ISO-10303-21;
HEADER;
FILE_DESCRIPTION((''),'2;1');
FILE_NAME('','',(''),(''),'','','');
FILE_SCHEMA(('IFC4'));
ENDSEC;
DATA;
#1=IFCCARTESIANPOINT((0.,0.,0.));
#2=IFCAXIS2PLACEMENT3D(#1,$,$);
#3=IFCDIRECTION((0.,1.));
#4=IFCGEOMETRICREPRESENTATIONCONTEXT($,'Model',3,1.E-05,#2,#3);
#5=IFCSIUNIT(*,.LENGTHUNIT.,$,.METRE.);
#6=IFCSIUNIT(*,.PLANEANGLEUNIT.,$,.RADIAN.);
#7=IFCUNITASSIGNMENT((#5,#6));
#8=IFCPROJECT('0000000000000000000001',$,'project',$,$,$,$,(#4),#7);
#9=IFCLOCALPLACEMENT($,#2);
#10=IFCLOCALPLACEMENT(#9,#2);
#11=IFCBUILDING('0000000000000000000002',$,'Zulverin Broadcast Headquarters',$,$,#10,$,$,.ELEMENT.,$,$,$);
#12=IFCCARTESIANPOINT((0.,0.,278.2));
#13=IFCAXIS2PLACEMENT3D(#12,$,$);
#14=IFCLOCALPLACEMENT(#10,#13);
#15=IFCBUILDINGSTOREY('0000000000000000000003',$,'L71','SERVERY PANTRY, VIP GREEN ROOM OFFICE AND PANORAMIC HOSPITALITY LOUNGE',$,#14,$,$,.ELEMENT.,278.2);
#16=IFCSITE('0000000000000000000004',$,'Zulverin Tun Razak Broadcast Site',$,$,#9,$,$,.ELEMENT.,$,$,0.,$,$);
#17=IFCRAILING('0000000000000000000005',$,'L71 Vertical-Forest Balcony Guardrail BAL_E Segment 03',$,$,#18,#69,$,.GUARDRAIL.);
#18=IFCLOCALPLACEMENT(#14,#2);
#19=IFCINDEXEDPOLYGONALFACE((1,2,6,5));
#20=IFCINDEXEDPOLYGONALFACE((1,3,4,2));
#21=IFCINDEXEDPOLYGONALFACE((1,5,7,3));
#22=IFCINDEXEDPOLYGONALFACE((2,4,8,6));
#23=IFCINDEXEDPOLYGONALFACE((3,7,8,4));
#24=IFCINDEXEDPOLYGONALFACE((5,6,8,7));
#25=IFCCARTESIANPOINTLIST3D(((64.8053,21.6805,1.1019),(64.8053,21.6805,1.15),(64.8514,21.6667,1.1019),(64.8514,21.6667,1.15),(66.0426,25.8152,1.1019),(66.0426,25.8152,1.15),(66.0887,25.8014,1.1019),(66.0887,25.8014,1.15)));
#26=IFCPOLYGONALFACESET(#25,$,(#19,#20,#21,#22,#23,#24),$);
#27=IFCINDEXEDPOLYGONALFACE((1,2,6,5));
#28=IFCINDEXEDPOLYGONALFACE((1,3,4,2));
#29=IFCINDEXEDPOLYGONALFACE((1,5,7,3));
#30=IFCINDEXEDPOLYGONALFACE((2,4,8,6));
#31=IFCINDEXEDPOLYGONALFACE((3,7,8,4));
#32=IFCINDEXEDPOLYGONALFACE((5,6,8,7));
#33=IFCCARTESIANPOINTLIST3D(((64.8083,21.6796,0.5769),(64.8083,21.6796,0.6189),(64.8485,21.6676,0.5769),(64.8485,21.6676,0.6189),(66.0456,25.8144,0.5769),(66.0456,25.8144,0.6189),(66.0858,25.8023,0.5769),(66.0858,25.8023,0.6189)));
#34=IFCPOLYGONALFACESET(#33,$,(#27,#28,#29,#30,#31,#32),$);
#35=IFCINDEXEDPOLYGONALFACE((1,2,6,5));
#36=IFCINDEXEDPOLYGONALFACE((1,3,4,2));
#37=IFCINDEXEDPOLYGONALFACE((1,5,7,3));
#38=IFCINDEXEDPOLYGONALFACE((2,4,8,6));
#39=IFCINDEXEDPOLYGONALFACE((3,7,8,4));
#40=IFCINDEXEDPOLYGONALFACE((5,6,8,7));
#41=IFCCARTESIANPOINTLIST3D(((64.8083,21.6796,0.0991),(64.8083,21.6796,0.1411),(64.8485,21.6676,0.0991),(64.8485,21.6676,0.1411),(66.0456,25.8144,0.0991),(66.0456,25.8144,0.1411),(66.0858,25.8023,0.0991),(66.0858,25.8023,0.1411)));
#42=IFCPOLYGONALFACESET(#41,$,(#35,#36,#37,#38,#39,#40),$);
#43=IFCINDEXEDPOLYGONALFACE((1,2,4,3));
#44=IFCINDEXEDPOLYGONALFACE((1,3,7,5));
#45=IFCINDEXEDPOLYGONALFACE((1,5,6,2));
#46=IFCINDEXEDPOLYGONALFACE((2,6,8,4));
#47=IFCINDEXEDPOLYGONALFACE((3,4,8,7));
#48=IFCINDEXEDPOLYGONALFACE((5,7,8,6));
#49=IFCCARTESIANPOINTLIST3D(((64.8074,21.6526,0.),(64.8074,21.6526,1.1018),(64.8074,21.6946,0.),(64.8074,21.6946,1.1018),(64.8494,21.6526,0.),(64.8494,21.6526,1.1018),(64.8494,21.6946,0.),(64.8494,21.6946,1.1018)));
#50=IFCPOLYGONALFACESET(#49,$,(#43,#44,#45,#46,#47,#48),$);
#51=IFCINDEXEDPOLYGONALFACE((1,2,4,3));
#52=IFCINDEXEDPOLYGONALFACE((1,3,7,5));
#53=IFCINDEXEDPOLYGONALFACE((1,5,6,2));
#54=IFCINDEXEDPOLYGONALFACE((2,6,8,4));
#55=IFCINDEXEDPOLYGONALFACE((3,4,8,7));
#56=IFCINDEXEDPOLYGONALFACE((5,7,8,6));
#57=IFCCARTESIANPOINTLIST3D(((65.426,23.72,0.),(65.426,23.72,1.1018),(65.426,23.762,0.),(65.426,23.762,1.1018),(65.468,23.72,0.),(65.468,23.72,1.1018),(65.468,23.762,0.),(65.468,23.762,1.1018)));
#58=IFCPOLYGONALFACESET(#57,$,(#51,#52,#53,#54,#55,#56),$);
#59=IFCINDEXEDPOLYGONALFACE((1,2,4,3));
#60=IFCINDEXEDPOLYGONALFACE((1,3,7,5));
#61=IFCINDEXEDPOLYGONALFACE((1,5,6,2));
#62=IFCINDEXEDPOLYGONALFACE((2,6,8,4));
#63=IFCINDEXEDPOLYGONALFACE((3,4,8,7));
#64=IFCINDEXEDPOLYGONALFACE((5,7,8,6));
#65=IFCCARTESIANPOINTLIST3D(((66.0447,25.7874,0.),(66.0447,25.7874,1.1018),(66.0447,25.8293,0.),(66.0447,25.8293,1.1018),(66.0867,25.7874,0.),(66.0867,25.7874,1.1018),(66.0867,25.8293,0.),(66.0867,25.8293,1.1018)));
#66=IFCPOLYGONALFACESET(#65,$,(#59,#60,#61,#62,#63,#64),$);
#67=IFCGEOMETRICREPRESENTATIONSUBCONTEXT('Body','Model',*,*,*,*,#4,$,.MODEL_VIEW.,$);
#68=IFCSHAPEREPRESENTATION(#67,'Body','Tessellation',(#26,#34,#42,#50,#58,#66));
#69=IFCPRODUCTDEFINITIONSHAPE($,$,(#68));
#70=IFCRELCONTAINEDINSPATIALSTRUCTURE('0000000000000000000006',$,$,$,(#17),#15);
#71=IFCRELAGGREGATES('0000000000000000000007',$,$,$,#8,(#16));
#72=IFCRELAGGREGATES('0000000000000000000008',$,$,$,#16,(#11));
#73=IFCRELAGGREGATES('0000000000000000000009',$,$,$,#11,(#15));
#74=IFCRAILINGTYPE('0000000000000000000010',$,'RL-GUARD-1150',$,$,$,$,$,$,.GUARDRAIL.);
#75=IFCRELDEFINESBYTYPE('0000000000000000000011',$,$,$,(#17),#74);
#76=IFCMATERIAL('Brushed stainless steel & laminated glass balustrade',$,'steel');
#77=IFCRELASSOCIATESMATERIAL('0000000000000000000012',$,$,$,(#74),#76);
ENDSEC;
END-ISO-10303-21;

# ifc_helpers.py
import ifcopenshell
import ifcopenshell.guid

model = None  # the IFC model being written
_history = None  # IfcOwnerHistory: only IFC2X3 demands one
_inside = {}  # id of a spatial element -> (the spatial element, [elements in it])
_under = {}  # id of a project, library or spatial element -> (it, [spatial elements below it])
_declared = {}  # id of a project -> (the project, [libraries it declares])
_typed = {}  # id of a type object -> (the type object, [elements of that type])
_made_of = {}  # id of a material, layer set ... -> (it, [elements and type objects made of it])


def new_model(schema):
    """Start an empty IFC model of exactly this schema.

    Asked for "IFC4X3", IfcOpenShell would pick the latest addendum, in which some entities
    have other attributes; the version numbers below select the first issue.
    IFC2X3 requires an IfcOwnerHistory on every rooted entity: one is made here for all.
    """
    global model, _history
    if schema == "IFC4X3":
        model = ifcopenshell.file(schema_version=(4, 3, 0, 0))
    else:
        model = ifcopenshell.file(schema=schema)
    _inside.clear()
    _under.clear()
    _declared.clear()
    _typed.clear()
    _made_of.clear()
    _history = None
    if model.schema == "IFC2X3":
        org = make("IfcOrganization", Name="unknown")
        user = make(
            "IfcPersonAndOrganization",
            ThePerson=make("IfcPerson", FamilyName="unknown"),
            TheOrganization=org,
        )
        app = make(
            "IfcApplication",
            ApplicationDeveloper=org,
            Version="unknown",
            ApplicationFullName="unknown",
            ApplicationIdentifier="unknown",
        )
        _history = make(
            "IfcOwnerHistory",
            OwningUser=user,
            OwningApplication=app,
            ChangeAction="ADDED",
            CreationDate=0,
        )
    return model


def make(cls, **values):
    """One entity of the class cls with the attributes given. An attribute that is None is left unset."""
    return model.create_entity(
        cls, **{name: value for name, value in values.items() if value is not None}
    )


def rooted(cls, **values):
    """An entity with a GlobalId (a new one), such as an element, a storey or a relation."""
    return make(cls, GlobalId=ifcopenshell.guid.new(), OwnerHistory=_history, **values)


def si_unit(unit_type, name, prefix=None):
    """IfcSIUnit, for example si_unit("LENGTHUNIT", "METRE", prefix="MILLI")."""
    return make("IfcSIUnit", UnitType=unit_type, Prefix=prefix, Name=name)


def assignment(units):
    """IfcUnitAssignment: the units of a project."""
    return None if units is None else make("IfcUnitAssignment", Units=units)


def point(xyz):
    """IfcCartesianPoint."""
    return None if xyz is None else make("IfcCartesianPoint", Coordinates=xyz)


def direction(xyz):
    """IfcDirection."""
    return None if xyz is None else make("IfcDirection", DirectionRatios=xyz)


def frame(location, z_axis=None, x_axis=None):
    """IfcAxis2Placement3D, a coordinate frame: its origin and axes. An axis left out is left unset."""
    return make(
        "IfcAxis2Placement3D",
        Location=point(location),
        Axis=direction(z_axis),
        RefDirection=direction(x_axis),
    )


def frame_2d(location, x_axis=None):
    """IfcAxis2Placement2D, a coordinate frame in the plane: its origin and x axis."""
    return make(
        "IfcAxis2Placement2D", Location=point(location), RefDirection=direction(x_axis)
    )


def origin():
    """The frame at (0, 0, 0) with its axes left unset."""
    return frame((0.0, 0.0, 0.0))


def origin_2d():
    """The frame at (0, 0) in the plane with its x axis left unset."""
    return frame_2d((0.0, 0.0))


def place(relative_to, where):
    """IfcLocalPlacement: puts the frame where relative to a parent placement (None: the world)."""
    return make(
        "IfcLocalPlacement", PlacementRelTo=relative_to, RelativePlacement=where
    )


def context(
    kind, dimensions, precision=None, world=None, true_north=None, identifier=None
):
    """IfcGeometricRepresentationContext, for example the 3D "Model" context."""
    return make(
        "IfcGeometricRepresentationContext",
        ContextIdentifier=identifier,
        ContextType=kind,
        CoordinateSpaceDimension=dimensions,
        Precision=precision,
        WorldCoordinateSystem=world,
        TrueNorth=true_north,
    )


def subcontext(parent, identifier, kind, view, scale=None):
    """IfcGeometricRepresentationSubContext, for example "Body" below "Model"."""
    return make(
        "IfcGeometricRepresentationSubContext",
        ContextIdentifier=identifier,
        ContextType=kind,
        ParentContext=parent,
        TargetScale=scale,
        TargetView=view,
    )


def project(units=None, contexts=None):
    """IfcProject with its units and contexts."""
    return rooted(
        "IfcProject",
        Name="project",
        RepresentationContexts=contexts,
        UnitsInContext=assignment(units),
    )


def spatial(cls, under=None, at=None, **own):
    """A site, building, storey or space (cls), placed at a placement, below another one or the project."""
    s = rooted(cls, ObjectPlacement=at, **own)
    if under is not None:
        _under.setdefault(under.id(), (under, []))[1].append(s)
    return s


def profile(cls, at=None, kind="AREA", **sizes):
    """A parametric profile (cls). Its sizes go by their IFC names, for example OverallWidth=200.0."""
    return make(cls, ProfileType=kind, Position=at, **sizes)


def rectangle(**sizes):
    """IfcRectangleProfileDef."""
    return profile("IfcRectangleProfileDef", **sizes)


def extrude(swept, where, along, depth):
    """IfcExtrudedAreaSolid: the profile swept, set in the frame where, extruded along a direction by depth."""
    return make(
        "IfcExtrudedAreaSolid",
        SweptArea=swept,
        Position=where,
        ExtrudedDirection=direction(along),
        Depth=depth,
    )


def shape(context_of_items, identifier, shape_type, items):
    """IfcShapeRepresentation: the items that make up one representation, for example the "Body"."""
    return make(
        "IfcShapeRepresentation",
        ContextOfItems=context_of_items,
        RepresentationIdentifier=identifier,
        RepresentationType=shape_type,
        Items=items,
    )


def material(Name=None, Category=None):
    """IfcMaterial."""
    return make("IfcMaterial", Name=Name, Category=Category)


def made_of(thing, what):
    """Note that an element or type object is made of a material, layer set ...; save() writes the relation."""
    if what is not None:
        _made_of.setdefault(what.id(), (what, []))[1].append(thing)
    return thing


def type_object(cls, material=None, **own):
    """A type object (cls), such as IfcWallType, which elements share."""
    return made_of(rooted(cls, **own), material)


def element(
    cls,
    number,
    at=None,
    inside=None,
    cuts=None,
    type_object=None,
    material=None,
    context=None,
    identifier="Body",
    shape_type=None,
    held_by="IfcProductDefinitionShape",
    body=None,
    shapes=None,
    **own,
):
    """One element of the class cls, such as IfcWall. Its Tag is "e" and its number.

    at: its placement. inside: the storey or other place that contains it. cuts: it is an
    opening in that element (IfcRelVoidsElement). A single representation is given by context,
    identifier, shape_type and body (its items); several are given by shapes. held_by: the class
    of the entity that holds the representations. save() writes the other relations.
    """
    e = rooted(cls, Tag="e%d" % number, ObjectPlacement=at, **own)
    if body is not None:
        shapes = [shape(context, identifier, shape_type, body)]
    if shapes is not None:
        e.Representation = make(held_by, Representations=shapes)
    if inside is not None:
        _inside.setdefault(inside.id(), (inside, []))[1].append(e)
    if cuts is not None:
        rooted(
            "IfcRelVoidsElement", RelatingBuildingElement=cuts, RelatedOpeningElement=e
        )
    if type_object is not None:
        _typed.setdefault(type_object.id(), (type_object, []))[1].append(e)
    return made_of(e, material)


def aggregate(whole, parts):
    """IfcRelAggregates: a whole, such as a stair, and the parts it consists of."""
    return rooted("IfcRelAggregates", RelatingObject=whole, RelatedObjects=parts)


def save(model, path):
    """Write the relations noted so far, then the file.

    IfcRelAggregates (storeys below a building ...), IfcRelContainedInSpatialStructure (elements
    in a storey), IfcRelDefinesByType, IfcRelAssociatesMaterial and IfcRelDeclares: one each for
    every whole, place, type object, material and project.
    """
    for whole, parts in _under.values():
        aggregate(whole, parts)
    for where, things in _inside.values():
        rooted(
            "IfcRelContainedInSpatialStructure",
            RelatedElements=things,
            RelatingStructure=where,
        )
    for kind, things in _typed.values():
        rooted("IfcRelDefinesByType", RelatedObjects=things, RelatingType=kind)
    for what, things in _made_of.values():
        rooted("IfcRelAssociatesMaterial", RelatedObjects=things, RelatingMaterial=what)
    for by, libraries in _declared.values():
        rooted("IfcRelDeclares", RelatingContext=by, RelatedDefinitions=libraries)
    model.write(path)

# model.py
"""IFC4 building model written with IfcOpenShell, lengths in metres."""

from ifc_helpers import new_model, si_unit, direction, frame, origin, origin_2d, place, context, subcontext, project, spatial, rectangle, extrude, material, type_object, element, save


model = new_model("IFC4")

# Units and contexts
model_context = context("Model", 3, precision=1e-05, world=origin(), true_north=direction((0.0, 1.0)))
body_context = subcontext(model_context, "Body", "Model", "MODEL_VIEW")
ifc_project = project(units=[si_unit("LENGTHUNIT", "METRE"), si_unit("PLANEANGLEUNIT", "RADIAN")], contexts=[model_context])

# Site, building, storey
site_placement = place(None, origin())
site = spatial("IfcSite", under=ifc_project, at=site_placement, Name="Zulverin Tun Razak Broadcast Site", CompositionType="ELEMENT", RefElevation=0.0)
building_placement = place(site_placement, origin())
building = spatial("IfcBuilding", under=site, at=building_placement, Name="Zulverin Broadcast Headquarters", CompositionType="ELEMENT")
storey_placement = place(building_placement, frame((0.0, 0.0, 278.2)))
storey = spatial("IfcBuildingStorey", under=building, at=storey_placement, Name="L71", Description="SERVERY PANTRY, VIP GREEN ROOM OFFICE AND PANORAMIC HOSPITALITY LOUNGE", CompositionType="ELEMENT", Elevation=278.2)

# Railing
ifc_material_1 = material(Name="Brushed stainless steel & laminated glass balustrade", Category="steel")
railing_type = type_object("IfcRailingType", Name="RL-GUARD-1150", PredefinedType="GUARDRAIL", material=ifc_material_1)
railing_1_placement = place(storey_placement, frame((64.8284, 21.6736, 0.0)))
element("IfcRailing", 1, at=railing_1_placement, inside=storey, type_object=railing_type, Name="L71 Vertical-Forest Balcony Guardrail BAL_E Segment 03", PredefinedType="GUARDRAIL", context=body_context, shape_type="SweptSolid", body=[
    extrude(rectangle(XDim=0.0481, YDim=0.0481, at=origin_2d()), frame((0.0, 0.0, 1.126), z_axis=(0.286684, 0.958025, 0.0), x_axis=(-0.958025, 0.286684, 0.0)), (0.0, 0.0, 1.0), 4.3159),
    extrude(rectangle(XDim=0.042, YDim=0.042, at=origin_2d()), frame((0.0, 0.0, 0.5979), z_axis=(0.286684, 0.958025, 0.0), x_axis=(-0.958025, 0.286684, 0.0)), (0.0, 0.0, 1.0), 4.3159),
    extrude(rectangle(XDim=0.042, YDim=0.042, at=origin_2d()), frame((0.0, 0.0, 0.1201), z_axis=(0.286684, 0.958025, 0.0), x_axis=(-0.958025, 0.286684, 0.0)), (0.0, 0.0, 1.0), 4.3159),
    extrude(rectangle(XDim=0.042, YDim=0.042, at=origin_2d()), origin(), (0.0, 0.0, 1.0), 1.1018),
    extrude(rectangle(XDim=0.042, YDim=0.042, at=origin_2d()), frame((0.6187, 2.0674, 0.0)), (0.0, 0.0, 1.0), 1.1018),
    extrude(rectangle(XDim=0.042, YDim=0.042, at=origin_2d()), frame((1.2373, 4.1348, 0.0)), (0.0, 0.0, 1.0), 1.1018),
])

save(model, "model.ifc")
